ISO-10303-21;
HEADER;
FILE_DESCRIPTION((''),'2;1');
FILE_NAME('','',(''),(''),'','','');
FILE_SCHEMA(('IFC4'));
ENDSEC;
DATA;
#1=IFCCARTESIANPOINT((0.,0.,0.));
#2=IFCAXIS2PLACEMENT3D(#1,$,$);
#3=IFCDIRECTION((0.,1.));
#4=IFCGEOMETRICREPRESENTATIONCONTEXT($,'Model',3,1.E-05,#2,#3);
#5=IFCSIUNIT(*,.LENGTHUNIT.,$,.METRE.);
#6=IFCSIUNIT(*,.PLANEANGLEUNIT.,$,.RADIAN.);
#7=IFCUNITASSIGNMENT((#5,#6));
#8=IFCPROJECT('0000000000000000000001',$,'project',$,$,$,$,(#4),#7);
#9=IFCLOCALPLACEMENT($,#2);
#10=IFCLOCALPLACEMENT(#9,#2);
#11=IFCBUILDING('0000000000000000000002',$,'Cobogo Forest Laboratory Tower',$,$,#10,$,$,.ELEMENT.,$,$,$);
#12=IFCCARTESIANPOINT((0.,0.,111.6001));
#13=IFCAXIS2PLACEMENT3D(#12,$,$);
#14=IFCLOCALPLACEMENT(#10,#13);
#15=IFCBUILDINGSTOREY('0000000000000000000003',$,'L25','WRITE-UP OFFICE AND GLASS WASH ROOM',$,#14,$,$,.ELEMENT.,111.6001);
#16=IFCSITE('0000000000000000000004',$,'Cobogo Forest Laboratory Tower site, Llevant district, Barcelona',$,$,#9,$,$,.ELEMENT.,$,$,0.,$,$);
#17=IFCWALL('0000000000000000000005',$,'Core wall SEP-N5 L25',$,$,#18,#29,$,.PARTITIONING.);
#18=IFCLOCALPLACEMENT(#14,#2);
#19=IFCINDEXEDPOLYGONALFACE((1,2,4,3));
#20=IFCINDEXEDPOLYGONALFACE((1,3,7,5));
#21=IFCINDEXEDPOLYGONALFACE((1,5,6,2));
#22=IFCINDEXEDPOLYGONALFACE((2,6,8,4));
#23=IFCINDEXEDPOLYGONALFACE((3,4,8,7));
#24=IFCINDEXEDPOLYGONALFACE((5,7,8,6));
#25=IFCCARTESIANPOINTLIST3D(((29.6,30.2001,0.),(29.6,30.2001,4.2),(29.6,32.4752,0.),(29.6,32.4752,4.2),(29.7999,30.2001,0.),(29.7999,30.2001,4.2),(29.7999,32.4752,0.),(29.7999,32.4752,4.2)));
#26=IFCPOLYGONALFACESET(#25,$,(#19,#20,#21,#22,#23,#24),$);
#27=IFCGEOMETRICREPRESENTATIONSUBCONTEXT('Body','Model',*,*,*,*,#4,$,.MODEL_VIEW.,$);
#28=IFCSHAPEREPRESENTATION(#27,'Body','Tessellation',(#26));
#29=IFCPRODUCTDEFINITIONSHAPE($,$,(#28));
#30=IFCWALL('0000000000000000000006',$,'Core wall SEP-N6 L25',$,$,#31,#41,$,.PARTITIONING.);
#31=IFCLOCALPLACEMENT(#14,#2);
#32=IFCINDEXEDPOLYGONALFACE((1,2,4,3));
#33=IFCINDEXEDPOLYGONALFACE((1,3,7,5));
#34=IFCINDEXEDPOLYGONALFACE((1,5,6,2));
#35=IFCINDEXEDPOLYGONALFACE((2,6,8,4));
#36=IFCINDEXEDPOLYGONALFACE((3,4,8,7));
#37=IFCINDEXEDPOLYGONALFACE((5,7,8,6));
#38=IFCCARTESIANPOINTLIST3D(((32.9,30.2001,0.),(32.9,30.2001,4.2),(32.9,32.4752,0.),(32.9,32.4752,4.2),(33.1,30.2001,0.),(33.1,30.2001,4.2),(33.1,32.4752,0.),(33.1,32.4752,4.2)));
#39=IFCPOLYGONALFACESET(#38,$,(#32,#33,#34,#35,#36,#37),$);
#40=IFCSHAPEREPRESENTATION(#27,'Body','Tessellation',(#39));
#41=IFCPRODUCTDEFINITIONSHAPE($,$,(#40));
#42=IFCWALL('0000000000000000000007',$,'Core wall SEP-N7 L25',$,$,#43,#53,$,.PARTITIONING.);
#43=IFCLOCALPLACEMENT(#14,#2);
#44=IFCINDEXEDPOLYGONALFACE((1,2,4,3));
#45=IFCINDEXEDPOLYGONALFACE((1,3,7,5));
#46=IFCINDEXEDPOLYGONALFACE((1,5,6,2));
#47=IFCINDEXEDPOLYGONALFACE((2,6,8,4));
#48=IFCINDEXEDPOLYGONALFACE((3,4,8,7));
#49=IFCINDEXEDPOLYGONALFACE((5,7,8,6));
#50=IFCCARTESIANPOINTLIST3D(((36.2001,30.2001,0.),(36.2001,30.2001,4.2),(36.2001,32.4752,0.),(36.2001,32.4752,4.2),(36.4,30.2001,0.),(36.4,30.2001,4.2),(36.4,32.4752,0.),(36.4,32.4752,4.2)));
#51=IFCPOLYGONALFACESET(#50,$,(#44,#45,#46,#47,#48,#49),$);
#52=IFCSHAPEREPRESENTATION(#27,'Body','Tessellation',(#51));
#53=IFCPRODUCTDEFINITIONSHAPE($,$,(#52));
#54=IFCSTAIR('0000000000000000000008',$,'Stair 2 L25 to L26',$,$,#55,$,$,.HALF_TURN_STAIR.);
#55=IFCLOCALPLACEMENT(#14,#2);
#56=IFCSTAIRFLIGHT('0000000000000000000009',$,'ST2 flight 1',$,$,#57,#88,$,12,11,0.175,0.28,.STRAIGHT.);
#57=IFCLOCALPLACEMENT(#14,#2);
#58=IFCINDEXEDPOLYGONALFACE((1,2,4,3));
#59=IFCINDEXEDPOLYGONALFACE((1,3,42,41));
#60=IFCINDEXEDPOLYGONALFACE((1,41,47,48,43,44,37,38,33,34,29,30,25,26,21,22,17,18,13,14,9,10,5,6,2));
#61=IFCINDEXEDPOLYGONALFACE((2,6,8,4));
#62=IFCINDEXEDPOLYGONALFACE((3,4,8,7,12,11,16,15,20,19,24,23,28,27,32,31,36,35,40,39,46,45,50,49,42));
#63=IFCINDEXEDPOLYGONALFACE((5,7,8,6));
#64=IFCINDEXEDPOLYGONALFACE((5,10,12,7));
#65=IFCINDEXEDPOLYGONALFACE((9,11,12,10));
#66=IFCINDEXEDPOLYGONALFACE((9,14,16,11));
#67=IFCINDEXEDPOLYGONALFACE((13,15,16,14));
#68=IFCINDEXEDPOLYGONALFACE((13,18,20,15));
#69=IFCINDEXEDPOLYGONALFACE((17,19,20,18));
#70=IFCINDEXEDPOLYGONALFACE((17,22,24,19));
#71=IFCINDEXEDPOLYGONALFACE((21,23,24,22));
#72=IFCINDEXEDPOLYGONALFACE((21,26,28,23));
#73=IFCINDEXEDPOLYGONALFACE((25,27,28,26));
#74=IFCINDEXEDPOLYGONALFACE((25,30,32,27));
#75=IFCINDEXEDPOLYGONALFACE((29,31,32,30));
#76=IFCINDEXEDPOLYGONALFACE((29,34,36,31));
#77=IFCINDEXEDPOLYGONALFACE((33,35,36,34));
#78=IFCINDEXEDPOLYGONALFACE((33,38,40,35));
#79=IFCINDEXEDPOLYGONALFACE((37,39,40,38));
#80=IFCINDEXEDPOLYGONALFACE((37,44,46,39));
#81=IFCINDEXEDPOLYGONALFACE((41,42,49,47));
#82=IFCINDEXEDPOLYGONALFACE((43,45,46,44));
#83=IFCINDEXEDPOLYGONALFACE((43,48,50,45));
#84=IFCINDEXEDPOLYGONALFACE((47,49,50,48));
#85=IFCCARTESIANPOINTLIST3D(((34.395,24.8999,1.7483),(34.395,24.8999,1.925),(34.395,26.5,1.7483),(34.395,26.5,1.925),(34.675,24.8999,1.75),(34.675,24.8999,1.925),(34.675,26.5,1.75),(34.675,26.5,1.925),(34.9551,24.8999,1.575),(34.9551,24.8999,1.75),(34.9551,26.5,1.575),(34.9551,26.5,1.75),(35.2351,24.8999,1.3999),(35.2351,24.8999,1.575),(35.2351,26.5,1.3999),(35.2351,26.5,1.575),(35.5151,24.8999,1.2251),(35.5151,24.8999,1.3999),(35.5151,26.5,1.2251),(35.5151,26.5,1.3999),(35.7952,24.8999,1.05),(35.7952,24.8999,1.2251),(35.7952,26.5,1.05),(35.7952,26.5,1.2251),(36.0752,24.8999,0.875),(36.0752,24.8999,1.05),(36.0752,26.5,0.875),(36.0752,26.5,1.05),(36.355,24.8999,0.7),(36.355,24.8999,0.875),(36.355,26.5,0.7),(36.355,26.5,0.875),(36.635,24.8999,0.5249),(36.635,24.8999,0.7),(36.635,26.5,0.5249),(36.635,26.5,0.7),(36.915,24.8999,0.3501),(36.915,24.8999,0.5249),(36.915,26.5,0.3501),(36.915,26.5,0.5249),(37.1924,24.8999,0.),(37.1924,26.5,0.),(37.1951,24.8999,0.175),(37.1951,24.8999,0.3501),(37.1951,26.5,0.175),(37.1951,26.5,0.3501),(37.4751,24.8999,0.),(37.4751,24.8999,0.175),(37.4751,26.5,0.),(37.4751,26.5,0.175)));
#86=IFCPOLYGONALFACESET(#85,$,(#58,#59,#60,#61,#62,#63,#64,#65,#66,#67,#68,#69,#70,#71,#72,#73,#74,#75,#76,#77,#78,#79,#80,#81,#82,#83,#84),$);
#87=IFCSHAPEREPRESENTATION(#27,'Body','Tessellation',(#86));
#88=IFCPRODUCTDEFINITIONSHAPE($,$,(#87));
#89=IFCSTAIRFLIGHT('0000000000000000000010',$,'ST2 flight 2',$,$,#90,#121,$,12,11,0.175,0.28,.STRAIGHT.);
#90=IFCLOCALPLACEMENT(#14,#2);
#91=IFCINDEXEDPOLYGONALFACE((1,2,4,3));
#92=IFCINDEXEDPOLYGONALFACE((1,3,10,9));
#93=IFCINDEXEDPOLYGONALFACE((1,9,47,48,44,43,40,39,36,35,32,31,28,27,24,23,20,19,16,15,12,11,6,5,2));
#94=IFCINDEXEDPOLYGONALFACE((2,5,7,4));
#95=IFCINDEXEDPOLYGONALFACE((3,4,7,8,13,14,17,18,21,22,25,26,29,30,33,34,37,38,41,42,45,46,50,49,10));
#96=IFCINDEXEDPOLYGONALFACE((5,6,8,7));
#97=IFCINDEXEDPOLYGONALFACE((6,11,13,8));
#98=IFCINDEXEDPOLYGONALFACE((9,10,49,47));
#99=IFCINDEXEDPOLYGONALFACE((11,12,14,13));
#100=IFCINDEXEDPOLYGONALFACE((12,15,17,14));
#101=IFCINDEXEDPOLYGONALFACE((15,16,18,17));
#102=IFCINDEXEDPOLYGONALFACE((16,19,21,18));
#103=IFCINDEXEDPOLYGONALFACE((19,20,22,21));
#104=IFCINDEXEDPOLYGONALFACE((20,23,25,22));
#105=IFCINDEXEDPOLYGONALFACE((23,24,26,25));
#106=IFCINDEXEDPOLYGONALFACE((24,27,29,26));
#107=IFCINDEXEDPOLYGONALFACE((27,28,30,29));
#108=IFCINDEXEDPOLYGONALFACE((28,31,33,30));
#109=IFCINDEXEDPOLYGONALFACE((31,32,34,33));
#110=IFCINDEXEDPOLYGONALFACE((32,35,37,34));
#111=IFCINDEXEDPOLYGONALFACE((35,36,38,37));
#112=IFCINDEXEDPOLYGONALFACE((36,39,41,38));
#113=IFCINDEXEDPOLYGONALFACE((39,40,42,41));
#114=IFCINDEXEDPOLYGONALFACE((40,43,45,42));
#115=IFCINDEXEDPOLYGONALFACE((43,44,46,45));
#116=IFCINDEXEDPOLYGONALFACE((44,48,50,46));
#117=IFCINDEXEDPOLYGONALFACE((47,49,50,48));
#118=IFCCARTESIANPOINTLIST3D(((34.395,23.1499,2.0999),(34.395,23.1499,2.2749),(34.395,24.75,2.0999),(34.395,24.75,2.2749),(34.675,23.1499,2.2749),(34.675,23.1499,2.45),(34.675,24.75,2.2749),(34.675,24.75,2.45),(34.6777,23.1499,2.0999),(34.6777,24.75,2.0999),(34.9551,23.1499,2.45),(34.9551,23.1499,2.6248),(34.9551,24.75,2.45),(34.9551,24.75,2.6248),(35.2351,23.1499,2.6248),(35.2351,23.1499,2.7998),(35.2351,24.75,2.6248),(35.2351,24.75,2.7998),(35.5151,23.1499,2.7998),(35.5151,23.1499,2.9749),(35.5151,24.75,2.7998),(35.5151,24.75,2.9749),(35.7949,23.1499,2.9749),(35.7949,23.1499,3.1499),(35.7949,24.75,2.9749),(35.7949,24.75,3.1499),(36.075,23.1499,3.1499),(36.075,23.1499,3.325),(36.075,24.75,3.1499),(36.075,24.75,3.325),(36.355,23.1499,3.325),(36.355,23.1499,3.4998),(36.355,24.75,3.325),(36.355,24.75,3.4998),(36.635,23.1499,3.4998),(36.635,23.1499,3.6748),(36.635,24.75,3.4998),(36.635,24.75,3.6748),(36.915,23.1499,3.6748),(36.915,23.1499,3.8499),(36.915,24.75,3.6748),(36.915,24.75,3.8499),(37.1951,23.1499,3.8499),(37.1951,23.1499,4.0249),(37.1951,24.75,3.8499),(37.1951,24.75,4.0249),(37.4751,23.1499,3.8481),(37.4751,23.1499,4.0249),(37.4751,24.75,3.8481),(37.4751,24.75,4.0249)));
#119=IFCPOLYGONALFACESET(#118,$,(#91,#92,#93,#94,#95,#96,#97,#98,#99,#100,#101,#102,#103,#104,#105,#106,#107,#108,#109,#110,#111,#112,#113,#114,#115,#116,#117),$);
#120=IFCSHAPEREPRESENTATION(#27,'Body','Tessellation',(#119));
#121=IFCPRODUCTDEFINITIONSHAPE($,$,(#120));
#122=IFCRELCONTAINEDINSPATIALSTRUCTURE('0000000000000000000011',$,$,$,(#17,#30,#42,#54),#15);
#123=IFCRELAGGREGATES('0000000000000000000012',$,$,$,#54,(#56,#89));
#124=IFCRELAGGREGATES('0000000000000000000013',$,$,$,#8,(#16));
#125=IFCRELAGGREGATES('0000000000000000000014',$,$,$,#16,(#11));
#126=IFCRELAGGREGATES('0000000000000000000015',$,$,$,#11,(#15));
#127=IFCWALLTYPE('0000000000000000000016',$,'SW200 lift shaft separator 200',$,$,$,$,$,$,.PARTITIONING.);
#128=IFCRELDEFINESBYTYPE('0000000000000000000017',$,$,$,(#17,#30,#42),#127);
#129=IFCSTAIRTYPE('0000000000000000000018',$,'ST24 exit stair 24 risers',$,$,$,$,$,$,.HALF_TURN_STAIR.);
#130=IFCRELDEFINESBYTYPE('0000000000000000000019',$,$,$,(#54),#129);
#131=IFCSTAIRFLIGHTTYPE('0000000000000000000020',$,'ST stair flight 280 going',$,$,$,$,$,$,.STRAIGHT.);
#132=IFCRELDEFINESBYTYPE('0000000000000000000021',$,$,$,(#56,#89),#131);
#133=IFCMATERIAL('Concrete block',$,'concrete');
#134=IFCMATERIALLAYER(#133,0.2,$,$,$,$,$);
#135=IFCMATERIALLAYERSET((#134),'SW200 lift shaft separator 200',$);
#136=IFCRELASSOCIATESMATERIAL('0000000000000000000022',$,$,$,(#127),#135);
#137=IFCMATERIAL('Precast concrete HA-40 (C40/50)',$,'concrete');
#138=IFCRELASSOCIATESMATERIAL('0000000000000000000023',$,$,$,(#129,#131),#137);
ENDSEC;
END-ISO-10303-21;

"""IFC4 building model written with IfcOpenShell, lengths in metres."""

from ifc_helpers import new_model, si_unit, direction, frame, frame_2d, origin, place, context, subcontext, project, spatial, polyline, rectangle, outline, extrude, material, layer, layer_set, type_object, element, aggregate, save


model = new_model("IFC4")

# Units and contexts
model_context = context("Model", 3, precision=1e-05, world=origin(), true_north=direction((0.0, 1.0)))
body_context = subcontext(model_context, "Body", "Model", "MODEL_VIEW")
ifc_project = project(units=[si_unit("LENGTHUNIT", "METRE"), si_unit("PLANEANGLEUNIT", "RADIAN")], contexts=[model_context])

# Site, building, storey
site_placement = place(None, origin())
site = spatial("IfcSite", under=ifc_project, at=site_placement, Name="Cobogo Forest Laboratory Tower site, Llevant district, Barcelona", CompositionType="ELEMENT", RefElevation=0.0)
building_placement = place(site_placement, origin())
building = spatial("IfcBuilding", under=site, at=building_placement, Name="Cobogo Forest Laboratory Tower", CompositionType="ELEMENT")
storey_placement = place(building_placement, frame((0.0, 0.0, 111.6001)))
storey = spatial("IfcBuildingStorey", under=building, at=storey_placement, Name="L25", Description="WRITE-UP OFFICE AND GLASS WASH ROOM", CompositionType="ELEMENT", Elevation=111.6001)

# Walls
ifc_material_1 = material(Name="Concrete block", Category="concrete")
ifc_layer_1 = layer(ifc_material_1, 0.2)
ifc_layer_set_1 = layer_set([ifc_layer_1], Name="SW200 lift shaft separator 200")
wall_type_1 = type_object("IfcWallType", Name="SW200 lift shaft separator 200", PredefinedType="PARTITIONING", material=ifc_layer_set_1)
for number, where, z_axis, x_axis, name in (
    (1, (29.7, 30.2, 0.0), (0.0, 0.0, 1.0), (0.0, 1.0, 0.0), "Core wall SEP-N5 L25"),
    (2, (33.0, 30.2, 0.0), (0.0, 0.0, 1.0), (0.0, 1.0, 0.0), "Core wall SEP-N6 L25"),
    (3, (36.3, 30.2, 0.0), (0.0, 0.0, 1.0), (0.0, 1.0, 0.0), "Core wall SEP-N7 L25"),
):
    element("IfcWall", number, at=place(storey_placement, frame(where, z_axis=z_axis, x_axis=x_axis)), inside=storey, type_object=wall_type_1, Name=name, PredefinedType="PARTITIONING", context=body_context, shape_type="SweptSolid", body=[
        extrude(rectangle(XDim=2.2751, YDim=0.2, at=frame_2d((1.1377, 0.0))), origin(), (0.0, 0.0, 1.0), 4.2),
    ])

# Stair, stair flights
ifc_material_2 = material(Name="Precast concrete HA-40 (C40/50)", Category="concrete")
stair_type = type_object("IfcStairType", Name="ST24 exit stair 24 risers", PredefinedType="HALF_TURN_STAIR", material=ifc_material_2)
stair_placement = place(storey_placement, origin())
stair = element("IfcStair", 4, at=stair_placement, inside=storey, type_object=stair_type, Name="Stair 2 L25 to L26", PredefinedType="HALF_TURN_STAIR")
stair_flight_type = type_object("IfcStairFlightType", Name="ST stair flight 280 going", PredefinedType="STRAIGHT", material=ifc_material_2)
stair_flight_1_placement = place(storey_placement, frame((37.4751, 25.7, 0.0), z_axis=(0.0, 0.0, 1.0), x_axis=(-1.0, 0.0, 0.0)))
stair_flight_1 = element("IfcStairFlight", 5, at=stair_flight_1_placement, type_object=stair_flight_type, Name="ST2 flight 1", NumberOfRisers=12, NumberOfTreads=11, PredefinedType="STRAIGHT", RiserHeight=0.175, TreadLength=0.28, context=body_context, shape_type="SweptSolid", body=[
    extrude(outline(polyline([(0.0, 0.0), (0.0, 0.175), (0.28, 0.175), (0.28, 0.3501), (0.5601, 0.3501), (0.5601, 0.5249), (0.8401, 0.5249), (0.8401, 0.7), (1.1201, 0.7), (1.1201, 0.875), (1.3999, 0.875), (1.3999, 1.05), (1.6799, 1.05), (1.6799, 1.2251), (1.96, 1.2251), (1.96, 1.3999), (2.24, 1.3999), (2.24, 1.575), (2.52, 1.575), (2.52, 1.75), (2.8, 1.75), (2.8, 1.925), (3.0801, 1.925), (3.0801, 2.1001), (3.0801, 1.7483), (0.2827, 0.0), (0.0, 0.0)])), frame((0.0, 0.8, 0.0), z_axis=(0.0, -1.0, 0.0), x_axis=(1.0, 0.0, 0.0)), (0.0, 0.0, 1.0), 1.6001),
])
stair_flight_2_placement = place(storey_placement, frame((34.395, 23.95, 2.0999), z_axis=(0.0, 0.0, 1.0), x_axis=(1.0, 0.0, 0.0)))
stair_flight_2 = element("IfcStairFlight", 6, at=stair_flight_2_placement, type_object=stair_flight_type, Name="ST2 flight 2", NumberOfRisers=12, NumberOfTreads=11, PredefinedType="STRAIGHT", RiserHeight=0.175, TreadLength=0.28, context=body_context, shape_type="SweptSolid", body=[
    extrude(outline(polyline([(0.0, 0.0), (0.0, 0.175), (0.28, 0.175), (0.28, 0.3501), (0.5601, 0.3501), (0.5601, 0.5249), (0.8401, 0.5249), (0.8401, 0.7), (1.1201, 0.7), (1.1201, 0.875), (1.3999, 0.875), (1.3999, 1.05), (1.6799, 1.05), (1.6799, 1.2251), (1.96, 1.2251), (1.96, 1.3999), (2.24, 1.3999), (2.24, 1.575), (2.52, 1.575), (2.52, 1.75), (2.8, 1.75), (2.8, 1.925), (3.0801, 1.925), (3.0801, 2.1001), (3.0801, 1.7483), (0.2827, 0.0), (0.0, 0.0)])), frame((0.0, 0.8, 0.0), z_axis=(0.0, -1.0, 0.0), x_axis=(1.0, 0.0, 0.0)), (0.0, 0.0, 1.0), 1.6001),
])
aggregate(stair, [stair_flight_1, stair_flight_2])

save(model, "model.ifc")
